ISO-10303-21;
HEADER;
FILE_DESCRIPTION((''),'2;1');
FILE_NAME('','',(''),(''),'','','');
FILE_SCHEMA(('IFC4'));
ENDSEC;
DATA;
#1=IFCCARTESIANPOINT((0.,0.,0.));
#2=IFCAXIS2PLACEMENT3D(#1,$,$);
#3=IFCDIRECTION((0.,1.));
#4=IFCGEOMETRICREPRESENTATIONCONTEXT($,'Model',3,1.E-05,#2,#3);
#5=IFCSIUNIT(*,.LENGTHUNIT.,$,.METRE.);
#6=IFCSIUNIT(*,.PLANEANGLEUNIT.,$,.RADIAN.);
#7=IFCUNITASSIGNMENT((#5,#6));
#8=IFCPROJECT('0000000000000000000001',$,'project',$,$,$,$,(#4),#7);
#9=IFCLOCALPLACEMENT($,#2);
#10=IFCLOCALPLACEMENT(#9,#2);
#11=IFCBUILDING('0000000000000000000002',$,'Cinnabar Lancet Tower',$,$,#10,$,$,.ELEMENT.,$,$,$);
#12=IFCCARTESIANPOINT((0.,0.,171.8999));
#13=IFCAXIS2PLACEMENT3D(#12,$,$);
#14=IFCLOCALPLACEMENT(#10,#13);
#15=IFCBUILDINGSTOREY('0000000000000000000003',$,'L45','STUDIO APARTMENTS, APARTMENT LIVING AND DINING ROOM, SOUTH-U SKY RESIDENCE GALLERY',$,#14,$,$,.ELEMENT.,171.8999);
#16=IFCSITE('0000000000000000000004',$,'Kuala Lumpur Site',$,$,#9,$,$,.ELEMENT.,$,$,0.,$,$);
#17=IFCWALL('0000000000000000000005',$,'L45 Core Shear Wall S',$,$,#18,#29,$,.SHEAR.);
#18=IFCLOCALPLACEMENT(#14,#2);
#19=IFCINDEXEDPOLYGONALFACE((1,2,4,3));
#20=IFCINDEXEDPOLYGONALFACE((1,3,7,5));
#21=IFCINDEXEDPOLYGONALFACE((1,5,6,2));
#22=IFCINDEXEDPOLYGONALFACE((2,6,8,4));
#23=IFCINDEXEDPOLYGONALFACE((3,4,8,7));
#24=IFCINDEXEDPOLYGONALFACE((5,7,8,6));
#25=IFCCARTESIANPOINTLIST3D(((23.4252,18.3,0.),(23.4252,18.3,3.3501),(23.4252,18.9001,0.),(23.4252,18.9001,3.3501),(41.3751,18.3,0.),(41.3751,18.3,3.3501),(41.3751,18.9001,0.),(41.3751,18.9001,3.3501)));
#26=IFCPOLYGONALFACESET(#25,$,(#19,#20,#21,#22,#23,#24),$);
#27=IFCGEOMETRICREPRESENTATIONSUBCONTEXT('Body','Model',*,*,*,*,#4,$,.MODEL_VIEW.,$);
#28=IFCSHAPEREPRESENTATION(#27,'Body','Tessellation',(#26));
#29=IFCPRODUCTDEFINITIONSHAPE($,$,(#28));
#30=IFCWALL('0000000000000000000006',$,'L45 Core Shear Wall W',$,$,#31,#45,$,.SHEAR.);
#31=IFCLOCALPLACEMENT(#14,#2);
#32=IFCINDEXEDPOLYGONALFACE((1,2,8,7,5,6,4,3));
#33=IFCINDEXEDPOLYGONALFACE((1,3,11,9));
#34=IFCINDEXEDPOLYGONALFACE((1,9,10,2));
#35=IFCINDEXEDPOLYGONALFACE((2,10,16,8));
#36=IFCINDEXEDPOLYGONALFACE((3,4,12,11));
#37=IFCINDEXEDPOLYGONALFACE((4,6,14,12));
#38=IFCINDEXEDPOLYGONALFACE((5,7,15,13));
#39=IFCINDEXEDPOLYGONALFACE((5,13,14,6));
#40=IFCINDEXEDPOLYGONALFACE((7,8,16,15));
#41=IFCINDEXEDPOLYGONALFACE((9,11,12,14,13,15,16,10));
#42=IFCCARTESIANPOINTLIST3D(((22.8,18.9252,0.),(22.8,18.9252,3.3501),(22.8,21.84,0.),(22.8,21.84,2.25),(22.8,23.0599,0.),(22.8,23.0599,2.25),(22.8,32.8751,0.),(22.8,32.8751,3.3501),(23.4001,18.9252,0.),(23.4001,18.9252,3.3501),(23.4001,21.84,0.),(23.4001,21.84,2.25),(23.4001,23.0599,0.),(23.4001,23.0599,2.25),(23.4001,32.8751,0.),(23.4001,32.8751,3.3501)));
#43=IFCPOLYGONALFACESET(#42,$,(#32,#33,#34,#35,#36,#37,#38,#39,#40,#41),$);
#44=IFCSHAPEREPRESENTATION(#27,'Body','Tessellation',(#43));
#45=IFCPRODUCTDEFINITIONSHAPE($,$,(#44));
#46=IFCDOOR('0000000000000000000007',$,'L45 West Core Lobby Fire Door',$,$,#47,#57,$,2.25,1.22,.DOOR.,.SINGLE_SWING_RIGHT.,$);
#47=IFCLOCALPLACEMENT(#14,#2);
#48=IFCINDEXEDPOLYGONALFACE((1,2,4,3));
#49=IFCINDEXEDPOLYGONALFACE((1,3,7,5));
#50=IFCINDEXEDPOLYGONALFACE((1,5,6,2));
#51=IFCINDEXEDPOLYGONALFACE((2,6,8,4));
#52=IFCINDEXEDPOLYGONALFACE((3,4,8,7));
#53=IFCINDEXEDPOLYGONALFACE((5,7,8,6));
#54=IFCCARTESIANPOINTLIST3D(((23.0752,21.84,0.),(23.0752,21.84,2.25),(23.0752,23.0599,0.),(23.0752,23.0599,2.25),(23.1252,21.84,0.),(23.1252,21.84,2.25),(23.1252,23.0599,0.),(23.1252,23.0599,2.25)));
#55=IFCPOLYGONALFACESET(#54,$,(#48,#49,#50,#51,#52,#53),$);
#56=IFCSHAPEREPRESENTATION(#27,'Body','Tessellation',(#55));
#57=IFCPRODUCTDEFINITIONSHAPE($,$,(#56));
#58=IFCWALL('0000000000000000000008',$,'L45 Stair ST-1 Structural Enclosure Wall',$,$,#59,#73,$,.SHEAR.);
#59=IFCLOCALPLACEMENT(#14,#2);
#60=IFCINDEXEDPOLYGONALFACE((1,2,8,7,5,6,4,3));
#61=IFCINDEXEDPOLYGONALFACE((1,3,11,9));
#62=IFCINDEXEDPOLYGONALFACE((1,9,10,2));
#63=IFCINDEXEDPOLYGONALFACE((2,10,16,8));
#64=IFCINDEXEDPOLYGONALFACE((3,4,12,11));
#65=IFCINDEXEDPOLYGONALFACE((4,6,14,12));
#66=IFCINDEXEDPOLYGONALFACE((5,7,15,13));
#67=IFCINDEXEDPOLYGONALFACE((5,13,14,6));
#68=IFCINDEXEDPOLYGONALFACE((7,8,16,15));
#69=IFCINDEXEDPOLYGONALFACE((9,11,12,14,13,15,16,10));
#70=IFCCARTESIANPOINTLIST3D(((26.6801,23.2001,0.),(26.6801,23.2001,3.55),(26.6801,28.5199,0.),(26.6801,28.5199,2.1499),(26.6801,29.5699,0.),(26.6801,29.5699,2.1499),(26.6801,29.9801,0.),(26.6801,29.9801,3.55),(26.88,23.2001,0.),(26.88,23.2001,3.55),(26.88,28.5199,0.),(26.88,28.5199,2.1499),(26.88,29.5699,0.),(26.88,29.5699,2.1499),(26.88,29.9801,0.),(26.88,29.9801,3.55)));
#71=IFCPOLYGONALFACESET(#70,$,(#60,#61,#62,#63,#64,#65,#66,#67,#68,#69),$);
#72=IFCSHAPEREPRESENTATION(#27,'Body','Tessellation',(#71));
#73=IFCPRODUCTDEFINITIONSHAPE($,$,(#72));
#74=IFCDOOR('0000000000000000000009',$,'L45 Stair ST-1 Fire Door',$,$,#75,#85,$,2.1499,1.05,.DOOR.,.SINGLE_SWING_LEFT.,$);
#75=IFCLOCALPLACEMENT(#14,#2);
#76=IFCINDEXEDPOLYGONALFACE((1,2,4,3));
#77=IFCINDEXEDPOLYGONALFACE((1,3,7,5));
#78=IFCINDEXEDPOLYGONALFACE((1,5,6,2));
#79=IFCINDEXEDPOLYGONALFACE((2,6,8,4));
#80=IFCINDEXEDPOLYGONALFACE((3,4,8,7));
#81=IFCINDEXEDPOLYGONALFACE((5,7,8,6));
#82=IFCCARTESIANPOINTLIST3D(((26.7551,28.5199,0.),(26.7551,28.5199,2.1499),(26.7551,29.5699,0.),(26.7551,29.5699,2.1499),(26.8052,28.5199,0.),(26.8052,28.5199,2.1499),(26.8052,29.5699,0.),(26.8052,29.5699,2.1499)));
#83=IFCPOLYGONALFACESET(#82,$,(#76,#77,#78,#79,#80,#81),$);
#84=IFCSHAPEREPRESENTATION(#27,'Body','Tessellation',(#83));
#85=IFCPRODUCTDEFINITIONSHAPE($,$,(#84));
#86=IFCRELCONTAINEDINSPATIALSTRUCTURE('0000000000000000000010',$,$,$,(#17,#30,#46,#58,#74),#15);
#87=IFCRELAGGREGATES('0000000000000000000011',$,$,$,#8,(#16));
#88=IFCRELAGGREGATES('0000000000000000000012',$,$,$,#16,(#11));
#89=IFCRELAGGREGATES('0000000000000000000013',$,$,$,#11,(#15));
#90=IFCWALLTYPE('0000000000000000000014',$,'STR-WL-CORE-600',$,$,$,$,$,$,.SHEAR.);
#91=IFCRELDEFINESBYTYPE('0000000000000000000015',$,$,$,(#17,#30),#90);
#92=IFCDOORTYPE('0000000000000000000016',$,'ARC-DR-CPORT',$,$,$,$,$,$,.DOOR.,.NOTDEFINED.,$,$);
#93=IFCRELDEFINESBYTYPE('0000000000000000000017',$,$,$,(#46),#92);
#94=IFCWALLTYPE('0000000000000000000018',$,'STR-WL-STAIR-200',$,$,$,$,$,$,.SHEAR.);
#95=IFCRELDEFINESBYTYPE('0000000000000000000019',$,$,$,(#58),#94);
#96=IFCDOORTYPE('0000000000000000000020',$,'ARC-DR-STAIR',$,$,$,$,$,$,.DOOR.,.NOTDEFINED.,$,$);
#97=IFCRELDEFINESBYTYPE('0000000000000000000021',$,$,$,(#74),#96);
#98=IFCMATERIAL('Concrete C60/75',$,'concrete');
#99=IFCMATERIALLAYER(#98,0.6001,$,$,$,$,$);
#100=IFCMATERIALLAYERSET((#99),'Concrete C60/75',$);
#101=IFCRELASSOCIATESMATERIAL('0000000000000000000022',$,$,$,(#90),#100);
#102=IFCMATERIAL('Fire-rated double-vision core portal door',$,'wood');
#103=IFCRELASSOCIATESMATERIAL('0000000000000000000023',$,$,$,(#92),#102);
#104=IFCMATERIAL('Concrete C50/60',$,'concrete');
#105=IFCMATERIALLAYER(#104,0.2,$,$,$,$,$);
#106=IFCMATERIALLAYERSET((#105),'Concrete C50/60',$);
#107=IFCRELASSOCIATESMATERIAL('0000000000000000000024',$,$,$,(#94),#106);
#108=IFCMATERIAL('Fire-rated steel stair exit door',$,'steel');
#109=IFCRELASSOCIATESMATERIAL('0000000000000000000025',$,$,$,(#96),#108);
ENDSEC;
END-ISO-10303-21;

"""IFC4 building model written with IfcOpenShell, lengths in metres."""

from ifc_helpers import new_model, si_unit, direction, frame, frame_2d, origin, place, context, subcontext, project, spatial, rectangle, extrude, material, layer, layer_set, type_object, element, fill, save


model = new_model("IFC4")

# Units and contexts
model_context = context("Model", 3, precision=1e-05, world=origin(), true_north=direction((0.0, 1.0)))
body_context = subcontext(model_context, "Body", "Model", "MODEL_VIEW")
ifc_project = project(units=[si_unit("LENGTHUNIT", "METRE"), si_unit("PLANEANGLEUNIT", "RADIAN")], contexts=[model_context])

# Site, building, storey
site_placement = place(None, origin())
site = spatial("IfcSite", under=ifc_project, at=site_placement, Name="Kuala Lumpur Site", CompositionType="ELEMENT", RefElevation=0.0)
building_placement = place(site_placement, origin())
building = spatial("IfcBuilding", under=site, at=building_placement, Name="Cinnabar Lancet Tower", CompositionType="ELEMENT")
storey_placement = place(building_placement, frame((0.0, 0.0, 171.8999)))
storey = spatial("IfcBuildingStorey", under=building, at=storey_placement, Name="L45", Description="STUDIO APARTMENTS, APARTMENT LIVING AND DINING ROOM, SOUTH-U SKY RESIDENCE GALLERY", CompositionType="ELEMENT", Elevation=171.8999)

# Wall
ifc_material_1 = material(Name="Concrete C60/75", Category="concrete")
ifc_layer_1 = layer(ifc_material_1, 0.6001)
ifc_layer_set_1 = layer_set([ifc_layer_1], Name="Concrete C60/75")
wall_type_1 = type_object("IfcWallType", Name="STR-WL-CORE-600", PredefinedType="SHEAR", material=ifc_layer_set_1)
wall_1_placement = place(storey_placement, frame((23.425, 18.6001, 0.0), z_axis=(0.0, 0.0, 1.0), x_axis=(1.0, 0.0, 0.0)))
element("IfcWall", 1, at=wall_1_placement, inside=storey, type_object=wall_type_1, Name="L45 Core Shear Wall S", PredefinedType="SHEAR", context=body_context, shape_type="SweptSolid", body=[
    extrude(rectangle(XDim=17.95, YDim=0.6001, at=frame_2d((8.9751, 0.0))), origin(), (0.0, 0.0, 1.0), 3.3501),
])

# Walls, openings, doors
wall_2_placement = place(storey_placement, frame((23.1001, 18.925, 0.0), z_axis=(0.0, 0.0, 1.0), x_axis=(0.0, 1.0, 0.0)))
wall_2 = element("IfcWall", 2, at=wall_2_placement, inside=storey, type_object=wall_type_1, Name="L45 Core Shear Wall W", PredefinedType="SHEAR", context=body_context, shape_type="SweptSolid", body=[
    extrude(rectangle(XDim=13.95, YDim=0.6001, at=frame_2d((6.9751, 0.0))), origin(), (0.0, 0.0, 1.0), 3.3501),
])
opening_1_placement = place(wall_2_placement, frame((2.915, 0.0, 0.0)))
opening_1 = element("IfcOpeningElement", 3, at=opening_1_placement, cuts=wall_2, PredefinedType="OPENING", context=body_context, shape_type="SweptSolid", body=[
    extrude(rectangle(XDim=1.22, YDim=2.25, at=frame_2d((0.6099, 1.125))), frame((0.0, 0.3101, 0.0), z_axis=(0.0, -1.0, 0.0), x_axis=(1.0, 0.0, 0.0)), (0.0, 0.0, 1.0), 0.6201),
])
ifc_material_2 = material(Name="Fire-rated double-vision core portal door", Category="wood")
door_type_1 = type_object("IfcDoorType", Name="ARC-DR-CPORT", OperationType="NOTDEFINED", PredefinedType="DOOR", material=ifc_material_2)
door_1_placement = place(opening_1_placement, origin())
door_1 = element("IfcDoor", 4, at=door_1_placement, inside=storey, type_object=door_type_1, Name="L45 West Core Lobby Fire Door", OperationType="SINGLE_SWING_RIGHT", OverallHeight=2.25, OverallWidth=1.22, PredefinedType="DOOR", context=body_context, shape_type="SweptSolid", body=[
    extrude(rectangle(XDim=1.22, YDim=2.25, at=frame_2d((0.6099, 1.125))), frame((0.0, 0.0249, 0.0), z_axis=(0.0, -1.0, 0.0), x_axis=(1.0, 0.0, 0.0)), (0.0, 0.0, 1.0), 0.05),
])
fill(opening_1, door_1)
ifc_material_3 = material(Name="Concrete C50/60", Category="concrete")
ifc_layer_2 = layer(ifc_material_3, 0.2)
ifc_layer_set_2 = layer_set([ifc_layer_2], Name="Concrete C50/60")
wall_type_2 = type_object("IfcWallType", Name="STR-WL-STAIR-200", PredefinedType="SHEAR", material=ifc_layer_set_2)
wall_3_placement = place(storey_placement, frame((26.78, 23.2, 0.0), z_axis=(0.0, 0.0, 1.0), x_axis=(0.0, 1.0, 0.0)))
wall_3 = element("IfcWall", 5, at=wall_3_placement, inside=storey, type_object=wall_type_2, Name="L45 Stair ST-1 Structural Enclosure Wall", PredefinedType="SHEAR", context=body_context, shape_type="SweptSolid", body=[
    extrude(rectangle(XDim=6.78, YDim=0.2, at=frame_2d((3.3901, 0.0))), origin(), (0.0, 0.0, 1.0), 3.55),
])
opening_2_placement = place(wall_3_placement, frame((5.3201, 0.0, 0.0)))
opening_2 = element("IfcOpeningElement", 6, at=opening_2_placement, cuts=wall_3, PredefinedType="OPENING", context=body_context, shape_type="SweptSolid", body=[
    extrude(rectangle(XDim=1.05, YDim=2.1499, at=frame_2d((0.5249, 1.075))), frame((0.0, 0.1099, 0.0), z_axis=(0.0, -1.0, 0.0), x_axis=(1.0, 0.0, 0.0)), (0.0, 0.0, 1.0), 0.22),
])
ifc_material_4 = material(Name="Fire-rated steel stair exit door", Category="steel")
door_type_2 = type_object("IfcDoorType", Name="ARC-DR-STAIR", OperationType="NOTDEFINED", PredefinedType="DOOR", material=ifc_material_4)
door_2_placement = place(opening_2_placement, origin())
door_2 = element("IfcDoor", 7, at=door_2_placement, inside=storey, type_object=door_type_2, Name="L45 Stair ST-1 Fire Door", OperationType="SINGLE_SWING_LEFT", OverallHeight=2.1499, OverallWidth=1.05, PredefinedType="DOOR", context=body_context, shape_type="SweptSolid", body=[
    extrude(rectangle(XDim=1.05, YDim=2.1499, at=frame_2d((0.5249, 1.075))), frame((0.0, 0.0249, 0.0), z_axis=(0.0, -1.0, 0.0), x_axis=(1.0, 0.0, 0.0)), (0.0, 0.0, 1.0), 0.05),
])
fill(opening_2, door_2)

save(model, "model.ifc")
